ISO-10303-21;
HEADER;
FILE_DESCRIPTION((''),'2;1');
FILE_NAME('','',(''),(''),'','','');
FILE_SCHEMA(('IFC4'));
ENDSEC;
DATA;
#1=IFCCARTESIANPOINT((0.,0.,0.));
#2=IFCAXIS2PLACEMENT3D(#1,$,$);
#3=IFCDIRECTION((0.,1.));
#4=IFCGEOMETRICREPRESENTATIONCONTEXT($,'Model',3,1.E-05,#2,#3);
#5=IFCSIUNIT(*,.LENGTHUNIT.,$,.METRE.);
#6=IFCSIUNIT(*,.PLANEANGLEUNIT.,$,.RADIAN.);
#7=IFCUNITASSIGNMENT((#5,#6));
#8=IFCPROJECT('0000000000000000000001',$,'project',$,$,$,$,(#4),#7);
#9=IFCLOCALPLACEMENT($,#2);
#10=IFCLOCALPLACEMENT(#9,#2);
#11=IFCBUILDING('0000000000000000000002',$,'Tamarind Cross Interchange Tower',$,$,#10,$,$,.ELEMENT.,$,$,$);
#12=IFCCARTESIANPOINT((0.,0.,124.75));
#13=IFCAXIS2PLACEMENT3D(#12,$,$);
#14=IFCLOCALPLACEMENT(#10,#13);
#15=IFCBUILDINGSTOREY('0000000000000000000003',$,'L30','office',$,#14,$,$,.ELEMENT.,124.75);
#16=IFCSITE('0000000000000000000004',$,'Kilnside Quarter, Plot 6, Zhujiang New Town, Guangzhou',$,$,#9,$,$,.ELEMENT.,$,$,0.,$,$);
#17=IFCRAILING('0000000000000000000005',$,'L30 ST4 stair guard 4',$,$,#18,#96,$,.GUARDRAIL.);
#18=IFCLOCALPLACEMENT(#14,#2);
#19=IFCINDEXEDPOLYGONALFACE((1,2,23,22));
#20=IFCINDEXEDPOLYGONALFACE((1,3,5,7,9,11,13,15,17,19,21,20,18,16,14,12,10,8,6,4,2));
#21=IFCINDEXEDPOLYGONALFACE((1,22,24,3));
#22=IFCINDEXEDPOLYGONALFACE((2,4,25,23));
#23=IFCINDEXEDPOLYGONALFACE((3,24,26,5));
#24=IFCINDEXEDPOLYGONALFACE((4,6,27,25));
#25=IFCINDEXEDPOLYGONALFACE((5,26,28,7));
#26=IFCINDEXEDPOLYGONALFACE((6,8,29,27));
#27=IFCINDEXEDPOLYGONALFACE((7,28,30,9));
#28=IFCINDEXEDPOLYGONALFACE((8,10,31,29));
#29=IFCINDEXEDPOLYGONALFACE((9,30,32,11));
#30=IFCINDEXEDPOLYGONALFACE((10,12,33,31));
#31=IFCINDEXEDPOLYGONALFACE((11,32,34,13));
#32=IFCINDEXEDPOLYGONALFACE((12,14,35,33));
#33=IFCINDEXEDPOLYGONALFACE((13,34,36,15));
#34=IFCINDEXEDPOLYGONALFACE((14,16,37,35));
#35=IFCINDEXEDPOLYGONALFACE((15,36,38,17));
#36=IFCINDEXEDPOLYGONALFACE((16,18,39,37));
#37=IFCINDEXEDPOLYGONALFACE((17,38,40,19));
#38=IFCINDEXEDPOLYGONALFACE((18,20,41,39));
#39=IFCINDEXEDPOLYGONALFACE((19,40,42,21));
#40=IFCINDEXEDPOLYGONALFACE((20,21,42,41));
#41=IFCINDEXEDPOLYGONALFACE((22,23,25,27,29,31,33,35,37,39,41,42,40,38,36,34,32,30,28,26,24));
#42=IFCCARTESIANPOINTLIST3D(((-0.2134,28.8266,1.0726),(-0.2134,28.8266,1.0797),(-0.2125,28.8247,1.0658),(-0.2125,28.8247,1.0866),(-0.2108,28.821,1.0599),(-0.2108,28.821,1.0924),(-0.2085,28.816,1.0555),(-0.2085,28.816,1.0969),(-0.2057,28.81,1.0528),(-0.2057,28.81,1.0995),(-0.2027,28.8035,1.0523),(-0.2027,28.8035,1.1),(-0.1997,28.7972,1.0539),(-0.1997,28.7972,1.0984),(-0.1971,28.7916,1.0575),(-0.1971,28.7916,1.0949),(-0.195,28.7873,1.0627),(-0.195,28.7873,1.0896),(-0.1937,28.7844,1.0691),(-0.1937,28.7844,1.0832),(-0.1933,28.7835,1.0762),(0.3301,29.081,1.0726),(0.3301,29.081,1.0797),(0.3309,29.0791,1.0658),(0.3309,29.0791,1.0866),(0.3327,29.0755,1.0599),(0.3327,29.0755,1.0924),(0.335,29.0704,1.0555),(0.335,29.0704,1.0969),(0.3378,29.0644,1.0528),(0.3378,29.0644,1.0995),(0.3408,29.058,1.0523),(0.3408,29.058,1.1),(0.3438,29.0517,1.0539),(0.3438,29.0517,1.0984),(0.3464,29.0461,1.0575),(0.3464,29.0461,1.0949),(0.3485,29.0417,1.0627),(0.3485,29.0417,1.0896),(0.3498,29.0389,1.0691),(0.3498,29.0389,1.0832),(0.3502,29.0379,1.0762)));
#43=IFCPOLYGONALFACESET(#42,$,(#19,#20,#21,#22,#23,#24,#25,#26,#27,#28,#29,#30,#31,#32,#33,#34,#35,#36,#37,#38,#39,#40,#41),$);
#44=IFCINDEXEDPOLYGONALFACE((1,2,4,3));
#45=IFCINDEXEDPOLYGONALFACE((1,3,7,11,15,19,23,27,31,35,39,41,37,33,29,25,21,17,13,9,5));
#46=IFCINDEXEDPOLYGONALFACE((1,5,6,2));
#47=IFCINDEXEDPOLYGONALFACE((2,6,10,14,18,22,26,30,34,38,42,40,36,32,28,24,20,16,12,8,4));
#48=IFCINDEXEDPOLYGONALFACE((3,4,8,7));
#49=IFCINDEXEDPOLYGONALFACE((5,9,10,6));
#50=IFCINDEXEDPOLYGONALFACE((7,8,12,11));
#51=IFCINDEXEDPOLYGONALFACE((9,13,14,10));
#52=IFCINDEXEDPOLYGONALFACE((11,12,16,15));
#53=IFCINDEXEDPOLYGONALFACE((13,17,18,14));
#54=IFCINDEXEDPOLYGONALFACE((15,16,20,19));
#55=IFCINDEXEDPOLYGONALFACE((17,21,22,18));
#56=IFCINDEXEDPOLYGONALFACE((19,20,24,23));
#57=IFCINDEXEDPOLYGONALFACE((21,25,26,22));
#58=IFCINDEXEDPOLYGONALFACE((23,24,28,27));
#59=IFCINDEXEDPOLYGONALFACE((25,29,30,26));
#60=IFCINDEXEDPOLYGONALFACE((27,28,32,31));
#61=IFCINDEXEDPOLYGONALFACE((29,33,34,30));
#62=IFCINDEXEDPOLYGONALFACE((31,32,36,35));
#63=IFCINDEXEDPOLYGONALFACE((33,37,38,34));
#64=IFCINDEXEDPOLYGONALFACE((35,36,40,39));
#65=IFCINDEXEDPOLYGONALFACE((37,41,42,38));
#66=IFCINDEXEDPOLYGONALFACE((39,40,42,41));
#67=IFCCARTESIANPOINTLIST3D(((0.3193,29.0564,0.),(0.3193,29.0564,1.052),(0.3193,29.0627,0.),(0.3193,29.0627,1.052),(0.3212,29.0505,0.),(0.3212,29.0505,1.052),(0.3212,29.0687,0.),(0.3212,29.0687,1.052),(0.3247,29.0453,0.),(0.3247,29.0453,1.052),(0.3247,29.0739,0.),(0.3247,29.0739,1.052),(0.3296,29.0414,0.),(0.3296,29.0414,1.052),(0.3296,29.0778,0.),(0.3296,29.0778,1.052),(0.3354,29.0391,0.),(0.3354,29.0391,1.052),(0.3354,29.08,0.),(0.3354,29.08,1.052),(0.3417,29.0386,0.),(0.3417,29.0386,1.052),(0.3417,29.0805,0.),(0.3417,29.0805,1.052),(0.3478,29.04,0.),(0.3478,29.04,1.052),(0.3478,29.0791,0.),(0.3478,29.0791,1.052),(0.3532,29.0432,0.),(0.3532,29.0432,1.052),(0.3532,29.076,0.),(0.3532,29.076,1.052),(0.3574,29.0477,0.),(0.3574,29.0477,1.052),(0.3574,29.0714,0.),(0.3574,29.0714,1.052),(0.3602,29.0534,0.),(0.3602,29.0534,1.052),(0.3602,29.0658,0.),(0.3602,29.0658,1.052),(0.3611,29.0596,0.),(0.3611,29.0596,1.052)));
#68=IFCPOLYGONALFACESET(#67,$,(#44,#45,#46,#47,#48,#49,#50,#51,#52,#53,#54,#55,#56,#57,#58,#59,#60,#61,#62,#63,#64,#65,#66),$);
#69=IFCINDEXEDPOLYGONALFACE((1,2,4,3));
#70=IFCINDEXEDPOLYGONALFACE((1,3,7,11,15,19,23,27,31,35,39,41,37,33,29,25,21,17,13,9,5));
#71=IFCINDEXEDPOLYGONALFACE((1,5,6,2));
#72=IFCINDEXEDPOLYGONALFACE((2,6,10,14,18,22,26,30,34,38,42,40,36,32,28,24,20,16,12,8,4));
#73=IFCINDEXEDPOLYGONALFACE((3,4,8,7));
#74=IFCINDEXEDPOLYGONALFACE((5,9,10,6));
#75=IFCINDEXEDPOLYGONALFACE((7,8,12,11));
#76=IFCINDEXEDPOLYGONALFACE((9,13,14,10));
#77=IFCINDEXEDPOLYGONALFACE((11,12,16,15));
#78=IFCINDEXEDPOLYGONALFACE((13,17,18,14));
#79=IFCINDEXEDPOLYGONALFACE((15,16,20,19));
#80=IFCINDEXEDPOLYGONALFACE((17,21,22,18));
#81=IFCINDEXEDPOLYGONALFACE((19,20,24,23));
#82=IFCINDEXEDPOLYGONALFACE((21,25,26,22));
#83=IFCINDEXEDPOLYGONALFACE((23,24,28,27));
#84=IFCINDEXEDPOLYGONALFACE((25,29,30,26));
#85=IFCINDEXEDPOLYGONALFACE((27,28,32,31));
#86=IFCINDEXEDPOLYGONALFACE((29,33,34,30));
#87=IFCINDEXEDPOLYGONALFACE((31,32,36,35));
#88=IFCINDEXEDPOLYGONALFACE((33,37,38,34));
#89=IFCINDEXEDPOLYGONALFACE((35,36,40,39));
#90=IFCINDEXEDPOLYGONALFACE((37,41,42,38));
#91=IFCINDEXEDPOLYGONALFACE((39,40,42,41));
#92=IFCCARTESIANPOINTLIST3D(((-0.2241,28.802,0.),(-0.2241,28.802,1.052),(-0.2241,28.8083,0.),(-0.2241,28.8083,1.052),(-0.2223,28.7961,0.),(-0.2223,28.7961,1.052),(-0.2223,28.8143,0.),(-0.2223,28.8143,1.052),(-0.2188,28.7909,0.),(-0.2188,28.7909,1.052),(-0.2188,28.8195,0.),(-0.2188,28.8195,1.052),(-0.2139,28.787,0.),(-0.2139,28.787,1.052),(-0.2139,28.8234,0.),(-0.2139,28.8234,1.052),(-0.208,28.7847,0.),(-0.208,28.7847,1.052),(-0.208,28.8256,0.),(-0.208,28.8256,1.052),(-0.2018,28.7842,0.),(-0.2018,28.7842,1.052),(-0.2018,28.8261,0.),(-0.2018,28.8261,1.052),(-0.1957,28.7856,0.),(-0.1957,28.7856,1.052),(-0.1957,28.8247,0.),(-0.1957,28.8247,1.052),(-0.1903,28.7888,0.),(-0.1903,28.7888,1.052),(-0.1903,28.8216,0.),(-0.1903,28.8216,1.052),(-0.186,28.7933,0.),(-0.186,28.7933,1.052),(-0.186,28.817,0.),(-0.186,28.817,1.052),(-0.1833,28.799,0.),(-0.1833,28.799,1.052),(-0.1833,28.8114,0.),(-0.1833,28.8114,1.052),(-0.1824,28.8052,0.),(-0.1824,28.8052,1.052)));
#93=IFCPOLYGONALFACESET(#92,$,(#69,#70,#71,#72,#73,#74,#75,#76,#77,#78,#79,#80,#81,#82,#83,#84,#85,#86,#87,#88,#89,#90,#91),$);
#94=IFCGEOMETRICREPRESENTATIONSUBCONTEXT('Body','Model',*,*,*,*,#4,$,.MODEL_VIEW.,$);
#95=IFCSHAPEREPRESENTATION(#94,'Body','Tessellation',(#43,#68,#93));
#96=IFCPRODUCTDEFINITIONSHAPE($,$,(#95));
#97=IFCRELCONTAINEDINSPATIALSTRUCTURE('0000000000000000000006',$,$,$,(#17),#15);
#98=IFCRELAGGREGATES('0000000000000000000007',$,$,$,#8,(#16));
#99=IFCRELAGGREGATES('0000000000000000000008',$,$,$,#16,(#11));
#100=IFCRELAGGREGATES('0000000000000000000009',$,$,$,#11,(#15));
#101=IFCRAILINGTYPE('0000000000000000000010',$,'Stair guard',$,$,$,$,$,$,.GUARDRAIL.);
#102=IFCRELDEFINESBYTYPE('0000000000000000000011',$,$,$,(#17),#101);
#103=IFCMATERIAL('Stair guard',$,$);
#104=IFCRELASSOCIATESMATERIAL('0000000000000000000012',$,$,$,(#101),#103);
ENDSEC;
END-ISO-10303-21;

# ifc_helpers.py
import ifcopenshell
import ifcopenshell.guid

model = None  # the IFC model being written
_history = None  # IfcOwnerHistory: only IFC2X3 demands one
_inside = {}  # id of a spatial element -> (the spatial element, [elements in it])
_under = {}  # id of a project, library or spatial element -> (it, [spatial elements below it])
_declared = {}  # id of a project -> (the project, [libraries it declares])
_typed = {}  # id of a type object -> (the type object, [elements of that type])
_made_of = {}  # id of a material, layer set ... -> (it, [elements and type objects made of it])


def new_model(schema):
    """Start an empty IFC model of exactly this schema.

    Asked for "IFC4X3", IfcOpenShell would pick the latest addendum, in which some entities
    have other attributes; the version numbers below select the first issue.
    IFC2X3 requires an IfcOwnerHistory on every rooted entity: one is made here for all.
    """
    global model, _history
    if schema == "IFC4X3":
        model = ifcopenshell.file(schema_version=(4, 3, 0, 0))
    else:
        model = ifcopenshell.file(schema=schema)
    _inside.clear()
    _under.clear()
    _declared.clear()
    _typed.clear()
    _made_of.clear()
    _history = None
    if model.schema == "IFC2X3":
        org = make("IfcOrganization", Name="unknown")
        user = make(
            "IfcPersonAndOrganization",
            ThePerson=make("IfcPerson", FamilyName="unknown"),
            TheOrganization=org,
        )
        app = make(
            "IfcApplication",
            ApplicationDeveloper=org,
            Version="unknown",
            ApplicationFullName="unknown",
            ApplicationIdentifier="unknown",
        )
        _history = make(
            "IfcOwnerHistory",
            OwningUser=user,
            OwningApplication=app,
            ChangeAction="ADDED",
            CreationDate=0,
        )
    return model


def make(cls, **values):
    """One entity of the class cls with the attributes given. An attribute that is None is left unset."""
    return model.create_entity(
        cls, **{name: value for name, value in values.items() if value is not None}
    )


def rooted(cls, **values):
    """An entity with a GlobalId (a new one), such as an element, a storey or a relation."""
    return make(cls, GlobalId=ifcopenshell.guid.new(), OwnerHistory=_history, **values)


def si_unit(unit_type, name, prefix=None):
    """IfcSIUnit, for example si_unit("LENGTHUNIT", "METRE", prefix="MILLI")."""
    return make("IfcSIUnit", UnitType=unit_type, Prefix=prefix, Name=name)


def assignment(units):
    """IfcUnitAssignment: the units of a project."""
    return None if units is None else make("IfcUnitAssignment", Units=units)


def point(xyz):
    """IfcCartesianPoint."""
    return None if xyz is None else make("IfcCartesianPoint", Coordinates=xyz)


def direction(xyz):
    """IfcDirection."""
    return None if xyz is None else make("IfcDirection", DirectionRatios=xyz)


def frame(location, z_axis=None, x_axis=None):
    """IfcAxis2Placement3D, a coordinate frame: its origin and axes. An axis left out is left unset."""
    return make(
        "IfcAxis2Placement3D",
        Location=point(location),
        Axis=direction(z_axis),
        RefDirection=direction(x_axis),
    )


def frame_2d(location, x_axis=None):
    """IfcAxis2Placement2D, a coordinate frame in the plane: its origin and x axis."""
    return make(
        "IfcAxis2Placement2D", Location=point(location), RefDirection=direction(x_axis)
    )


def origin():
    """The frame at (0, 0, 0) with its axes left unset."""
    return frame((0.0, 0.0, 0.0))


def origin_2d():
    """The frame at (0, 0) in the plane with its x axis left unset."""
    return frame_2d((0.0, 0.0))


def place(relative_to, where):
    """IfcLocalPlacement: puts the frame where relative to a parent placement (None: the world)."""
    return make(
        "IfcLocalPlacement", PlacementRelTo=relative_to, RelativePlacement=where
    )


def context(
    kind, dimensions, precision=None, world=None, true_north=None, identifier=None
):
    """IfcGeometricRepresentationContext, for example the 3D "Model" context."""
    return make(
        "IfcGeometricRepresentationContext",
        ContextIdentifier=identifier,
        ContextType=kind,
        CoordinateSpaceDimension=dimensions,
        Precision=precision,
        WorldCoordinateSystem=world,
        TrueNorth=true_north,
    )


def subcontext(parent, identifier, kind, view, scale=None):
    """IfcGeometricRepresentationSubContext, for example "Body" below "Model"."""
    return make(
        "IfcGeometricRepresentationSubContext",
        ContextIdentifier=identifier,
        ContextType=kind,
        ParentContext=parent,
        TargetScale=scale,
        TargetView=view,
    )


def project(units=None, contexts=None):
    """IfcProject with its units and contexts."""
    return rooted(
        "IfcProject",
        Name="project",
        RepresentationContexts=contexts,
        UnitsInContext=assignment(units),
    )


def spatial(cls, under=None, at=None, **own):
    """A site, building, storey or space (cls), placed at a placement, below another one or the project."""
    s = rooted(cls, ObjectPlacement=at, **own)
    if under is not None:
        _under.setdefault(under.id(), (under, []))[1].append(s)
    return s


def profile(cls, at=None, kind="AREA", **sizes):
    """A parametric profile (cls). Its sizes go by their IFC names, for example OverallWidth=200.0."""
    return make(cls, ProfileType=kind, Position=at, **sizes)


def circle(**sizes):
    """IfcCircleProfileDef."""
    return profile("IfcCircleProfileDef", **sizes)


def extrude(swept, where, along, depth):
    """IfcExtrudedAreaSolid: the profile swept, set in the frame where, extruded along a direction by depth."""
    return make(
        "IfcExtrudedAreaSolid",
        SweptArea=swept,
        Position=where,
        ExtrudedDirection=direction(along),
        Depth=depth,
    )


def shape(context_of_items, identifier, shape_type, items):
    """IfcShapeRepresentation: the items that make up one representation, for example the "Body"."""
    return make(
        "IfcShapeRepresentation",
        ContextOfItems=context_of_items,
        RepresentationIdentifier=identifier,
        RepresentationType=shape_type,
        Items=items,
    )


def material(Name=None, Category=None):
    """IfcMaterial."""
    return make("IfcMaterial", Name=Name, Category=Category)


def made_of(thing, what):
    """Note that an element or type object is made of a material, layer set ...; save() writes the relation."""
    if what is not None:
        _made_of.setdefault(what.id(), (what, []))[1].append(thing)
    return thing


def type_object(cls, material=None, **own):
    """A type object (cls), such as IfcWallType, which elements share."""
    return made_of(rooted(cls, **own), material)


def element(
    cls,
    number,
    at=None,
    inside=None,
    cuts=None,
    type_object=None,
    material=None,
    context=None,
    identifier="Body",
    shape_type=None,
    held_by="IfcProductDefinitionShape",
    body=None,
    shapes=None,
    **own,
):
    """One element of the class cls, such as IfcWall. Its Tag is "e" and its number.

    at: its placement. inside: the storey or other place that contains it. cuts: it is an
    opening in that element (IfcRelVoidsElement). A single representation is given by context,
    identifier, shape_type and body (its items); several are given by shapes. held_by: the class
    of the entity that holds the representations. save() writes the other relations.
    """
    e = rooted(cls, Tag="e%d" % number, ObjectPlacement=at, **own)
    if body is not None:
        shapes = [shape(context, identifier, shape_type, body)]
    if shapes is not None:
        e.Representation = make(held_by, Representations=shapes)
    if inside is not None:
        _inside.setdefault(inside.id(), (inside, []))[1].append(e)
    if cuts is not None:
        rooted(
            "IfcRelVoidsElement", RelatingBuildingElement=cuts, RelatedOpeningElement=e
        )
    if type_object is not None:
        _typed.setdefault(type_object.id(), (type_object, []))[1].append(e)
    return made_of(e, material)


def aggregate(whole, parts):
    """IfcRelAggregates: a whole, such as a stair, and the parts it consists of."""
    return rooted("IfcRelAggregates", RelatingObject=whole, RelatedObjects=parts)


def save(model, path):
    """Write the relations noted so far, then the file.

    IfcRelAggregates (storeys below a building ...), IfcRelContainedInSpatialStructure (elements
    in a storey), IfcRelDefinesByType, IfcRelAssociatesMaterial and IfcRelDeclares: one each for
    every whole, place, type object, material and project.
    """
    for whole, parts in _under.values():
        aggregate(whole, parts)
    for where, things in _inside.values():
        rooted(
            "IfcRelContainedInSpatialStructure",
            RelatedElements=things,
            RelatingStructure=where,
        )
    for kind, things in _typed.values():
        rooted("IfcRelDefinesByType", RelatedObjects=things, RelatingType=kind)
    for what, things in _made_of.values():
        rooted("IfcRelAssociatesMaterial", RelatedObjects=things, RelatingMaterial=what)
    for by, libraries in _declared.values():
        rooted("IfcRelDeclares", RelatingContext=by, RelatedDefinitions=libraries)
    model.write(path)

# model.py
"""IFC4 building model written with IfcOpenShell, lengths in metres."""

from ifc_helpers import new_model, si_unit, direction, frame, origin, origin_2d, place, context, subcontext, project, spatial, circle, extrude, material, type_object, element, save


model = new_model("IFC4")

# Units and contexts
model_context = context("Model", 3, precision=1e-05, world=origin(), true_north=direction((0.0, 1.0)))
body_context = subcontext(model_context, "Body", "Model", "MODEL_VIEW")
ifc_project = project(units=[si_unit("LENGTHUNIT", "METRE"), si_unit("PLANEANGLEUNIT", "RADIAN")], contexts=[model_context])

# Site, building, storey
site_placement = place(None, origin())
site = spatial("IfcSite", under=ifc_project, at=site_placement, Name="Kilnside Quarter, Plot 6, Zhujiang New Town, Guangzhou", CompositionType="ELEMENT", RefElevation=0.0)
building_placement = place(site_placement, origin())
building = spatial("IfcBuilding", under=site, at=building_placement, Name="Tamarind Cross Interchange Tower", CompositionType="ELEMENT")
storey_placement = place(building_placement, frame((0.0, 0.0, 124.75)))
storey = spatial("IfcBuildingStorey", under=building, at=storey_placement, Name="L30", Description="office", CompositionType="ELEMENT", Elevation=124.75)

# Railing
ifc_material_1 = material(Name="Stair guard")
railing_type_1 = type_object("IfcRailingType", Name="Stair guard", PredefinedType="GUARDRAIL", material=ifc_material_1)
railing_1_placement = place(storey_placement, frame((0.3401, 29.0596, 0.0)))
element("IfcRailing", 1, at=railing_1_placement, inside=storey, type_object=railing_type_1, Name="L30 ST4 stair guard 4", PredefinedType="GUARDRAIL", context=body_context, shape_type="SweptSolid", body=[
    extrude(circle(Radius=0.0239, at=origin_2d()), frame((0.0, 0.0, 1.0762), z_axis=(-0.905684, -0.423954, 0.0), x_axis=(0.423954, -0.905684, 0.0)), (0.0, 0.0, 1.0), 0.6001),
    extrude(circle(Radius=0.021, at=origin_2d()), origin(), (0.0, 0.0, 1.0), 1.052),
    extrude(circle(Radius=0.021, at=origin_2d()), frame((-0.5435, -0.2544, 0.0)), (0.0, 0.0, 1.0), 1.052),
])

save(model, "model.ifc")
